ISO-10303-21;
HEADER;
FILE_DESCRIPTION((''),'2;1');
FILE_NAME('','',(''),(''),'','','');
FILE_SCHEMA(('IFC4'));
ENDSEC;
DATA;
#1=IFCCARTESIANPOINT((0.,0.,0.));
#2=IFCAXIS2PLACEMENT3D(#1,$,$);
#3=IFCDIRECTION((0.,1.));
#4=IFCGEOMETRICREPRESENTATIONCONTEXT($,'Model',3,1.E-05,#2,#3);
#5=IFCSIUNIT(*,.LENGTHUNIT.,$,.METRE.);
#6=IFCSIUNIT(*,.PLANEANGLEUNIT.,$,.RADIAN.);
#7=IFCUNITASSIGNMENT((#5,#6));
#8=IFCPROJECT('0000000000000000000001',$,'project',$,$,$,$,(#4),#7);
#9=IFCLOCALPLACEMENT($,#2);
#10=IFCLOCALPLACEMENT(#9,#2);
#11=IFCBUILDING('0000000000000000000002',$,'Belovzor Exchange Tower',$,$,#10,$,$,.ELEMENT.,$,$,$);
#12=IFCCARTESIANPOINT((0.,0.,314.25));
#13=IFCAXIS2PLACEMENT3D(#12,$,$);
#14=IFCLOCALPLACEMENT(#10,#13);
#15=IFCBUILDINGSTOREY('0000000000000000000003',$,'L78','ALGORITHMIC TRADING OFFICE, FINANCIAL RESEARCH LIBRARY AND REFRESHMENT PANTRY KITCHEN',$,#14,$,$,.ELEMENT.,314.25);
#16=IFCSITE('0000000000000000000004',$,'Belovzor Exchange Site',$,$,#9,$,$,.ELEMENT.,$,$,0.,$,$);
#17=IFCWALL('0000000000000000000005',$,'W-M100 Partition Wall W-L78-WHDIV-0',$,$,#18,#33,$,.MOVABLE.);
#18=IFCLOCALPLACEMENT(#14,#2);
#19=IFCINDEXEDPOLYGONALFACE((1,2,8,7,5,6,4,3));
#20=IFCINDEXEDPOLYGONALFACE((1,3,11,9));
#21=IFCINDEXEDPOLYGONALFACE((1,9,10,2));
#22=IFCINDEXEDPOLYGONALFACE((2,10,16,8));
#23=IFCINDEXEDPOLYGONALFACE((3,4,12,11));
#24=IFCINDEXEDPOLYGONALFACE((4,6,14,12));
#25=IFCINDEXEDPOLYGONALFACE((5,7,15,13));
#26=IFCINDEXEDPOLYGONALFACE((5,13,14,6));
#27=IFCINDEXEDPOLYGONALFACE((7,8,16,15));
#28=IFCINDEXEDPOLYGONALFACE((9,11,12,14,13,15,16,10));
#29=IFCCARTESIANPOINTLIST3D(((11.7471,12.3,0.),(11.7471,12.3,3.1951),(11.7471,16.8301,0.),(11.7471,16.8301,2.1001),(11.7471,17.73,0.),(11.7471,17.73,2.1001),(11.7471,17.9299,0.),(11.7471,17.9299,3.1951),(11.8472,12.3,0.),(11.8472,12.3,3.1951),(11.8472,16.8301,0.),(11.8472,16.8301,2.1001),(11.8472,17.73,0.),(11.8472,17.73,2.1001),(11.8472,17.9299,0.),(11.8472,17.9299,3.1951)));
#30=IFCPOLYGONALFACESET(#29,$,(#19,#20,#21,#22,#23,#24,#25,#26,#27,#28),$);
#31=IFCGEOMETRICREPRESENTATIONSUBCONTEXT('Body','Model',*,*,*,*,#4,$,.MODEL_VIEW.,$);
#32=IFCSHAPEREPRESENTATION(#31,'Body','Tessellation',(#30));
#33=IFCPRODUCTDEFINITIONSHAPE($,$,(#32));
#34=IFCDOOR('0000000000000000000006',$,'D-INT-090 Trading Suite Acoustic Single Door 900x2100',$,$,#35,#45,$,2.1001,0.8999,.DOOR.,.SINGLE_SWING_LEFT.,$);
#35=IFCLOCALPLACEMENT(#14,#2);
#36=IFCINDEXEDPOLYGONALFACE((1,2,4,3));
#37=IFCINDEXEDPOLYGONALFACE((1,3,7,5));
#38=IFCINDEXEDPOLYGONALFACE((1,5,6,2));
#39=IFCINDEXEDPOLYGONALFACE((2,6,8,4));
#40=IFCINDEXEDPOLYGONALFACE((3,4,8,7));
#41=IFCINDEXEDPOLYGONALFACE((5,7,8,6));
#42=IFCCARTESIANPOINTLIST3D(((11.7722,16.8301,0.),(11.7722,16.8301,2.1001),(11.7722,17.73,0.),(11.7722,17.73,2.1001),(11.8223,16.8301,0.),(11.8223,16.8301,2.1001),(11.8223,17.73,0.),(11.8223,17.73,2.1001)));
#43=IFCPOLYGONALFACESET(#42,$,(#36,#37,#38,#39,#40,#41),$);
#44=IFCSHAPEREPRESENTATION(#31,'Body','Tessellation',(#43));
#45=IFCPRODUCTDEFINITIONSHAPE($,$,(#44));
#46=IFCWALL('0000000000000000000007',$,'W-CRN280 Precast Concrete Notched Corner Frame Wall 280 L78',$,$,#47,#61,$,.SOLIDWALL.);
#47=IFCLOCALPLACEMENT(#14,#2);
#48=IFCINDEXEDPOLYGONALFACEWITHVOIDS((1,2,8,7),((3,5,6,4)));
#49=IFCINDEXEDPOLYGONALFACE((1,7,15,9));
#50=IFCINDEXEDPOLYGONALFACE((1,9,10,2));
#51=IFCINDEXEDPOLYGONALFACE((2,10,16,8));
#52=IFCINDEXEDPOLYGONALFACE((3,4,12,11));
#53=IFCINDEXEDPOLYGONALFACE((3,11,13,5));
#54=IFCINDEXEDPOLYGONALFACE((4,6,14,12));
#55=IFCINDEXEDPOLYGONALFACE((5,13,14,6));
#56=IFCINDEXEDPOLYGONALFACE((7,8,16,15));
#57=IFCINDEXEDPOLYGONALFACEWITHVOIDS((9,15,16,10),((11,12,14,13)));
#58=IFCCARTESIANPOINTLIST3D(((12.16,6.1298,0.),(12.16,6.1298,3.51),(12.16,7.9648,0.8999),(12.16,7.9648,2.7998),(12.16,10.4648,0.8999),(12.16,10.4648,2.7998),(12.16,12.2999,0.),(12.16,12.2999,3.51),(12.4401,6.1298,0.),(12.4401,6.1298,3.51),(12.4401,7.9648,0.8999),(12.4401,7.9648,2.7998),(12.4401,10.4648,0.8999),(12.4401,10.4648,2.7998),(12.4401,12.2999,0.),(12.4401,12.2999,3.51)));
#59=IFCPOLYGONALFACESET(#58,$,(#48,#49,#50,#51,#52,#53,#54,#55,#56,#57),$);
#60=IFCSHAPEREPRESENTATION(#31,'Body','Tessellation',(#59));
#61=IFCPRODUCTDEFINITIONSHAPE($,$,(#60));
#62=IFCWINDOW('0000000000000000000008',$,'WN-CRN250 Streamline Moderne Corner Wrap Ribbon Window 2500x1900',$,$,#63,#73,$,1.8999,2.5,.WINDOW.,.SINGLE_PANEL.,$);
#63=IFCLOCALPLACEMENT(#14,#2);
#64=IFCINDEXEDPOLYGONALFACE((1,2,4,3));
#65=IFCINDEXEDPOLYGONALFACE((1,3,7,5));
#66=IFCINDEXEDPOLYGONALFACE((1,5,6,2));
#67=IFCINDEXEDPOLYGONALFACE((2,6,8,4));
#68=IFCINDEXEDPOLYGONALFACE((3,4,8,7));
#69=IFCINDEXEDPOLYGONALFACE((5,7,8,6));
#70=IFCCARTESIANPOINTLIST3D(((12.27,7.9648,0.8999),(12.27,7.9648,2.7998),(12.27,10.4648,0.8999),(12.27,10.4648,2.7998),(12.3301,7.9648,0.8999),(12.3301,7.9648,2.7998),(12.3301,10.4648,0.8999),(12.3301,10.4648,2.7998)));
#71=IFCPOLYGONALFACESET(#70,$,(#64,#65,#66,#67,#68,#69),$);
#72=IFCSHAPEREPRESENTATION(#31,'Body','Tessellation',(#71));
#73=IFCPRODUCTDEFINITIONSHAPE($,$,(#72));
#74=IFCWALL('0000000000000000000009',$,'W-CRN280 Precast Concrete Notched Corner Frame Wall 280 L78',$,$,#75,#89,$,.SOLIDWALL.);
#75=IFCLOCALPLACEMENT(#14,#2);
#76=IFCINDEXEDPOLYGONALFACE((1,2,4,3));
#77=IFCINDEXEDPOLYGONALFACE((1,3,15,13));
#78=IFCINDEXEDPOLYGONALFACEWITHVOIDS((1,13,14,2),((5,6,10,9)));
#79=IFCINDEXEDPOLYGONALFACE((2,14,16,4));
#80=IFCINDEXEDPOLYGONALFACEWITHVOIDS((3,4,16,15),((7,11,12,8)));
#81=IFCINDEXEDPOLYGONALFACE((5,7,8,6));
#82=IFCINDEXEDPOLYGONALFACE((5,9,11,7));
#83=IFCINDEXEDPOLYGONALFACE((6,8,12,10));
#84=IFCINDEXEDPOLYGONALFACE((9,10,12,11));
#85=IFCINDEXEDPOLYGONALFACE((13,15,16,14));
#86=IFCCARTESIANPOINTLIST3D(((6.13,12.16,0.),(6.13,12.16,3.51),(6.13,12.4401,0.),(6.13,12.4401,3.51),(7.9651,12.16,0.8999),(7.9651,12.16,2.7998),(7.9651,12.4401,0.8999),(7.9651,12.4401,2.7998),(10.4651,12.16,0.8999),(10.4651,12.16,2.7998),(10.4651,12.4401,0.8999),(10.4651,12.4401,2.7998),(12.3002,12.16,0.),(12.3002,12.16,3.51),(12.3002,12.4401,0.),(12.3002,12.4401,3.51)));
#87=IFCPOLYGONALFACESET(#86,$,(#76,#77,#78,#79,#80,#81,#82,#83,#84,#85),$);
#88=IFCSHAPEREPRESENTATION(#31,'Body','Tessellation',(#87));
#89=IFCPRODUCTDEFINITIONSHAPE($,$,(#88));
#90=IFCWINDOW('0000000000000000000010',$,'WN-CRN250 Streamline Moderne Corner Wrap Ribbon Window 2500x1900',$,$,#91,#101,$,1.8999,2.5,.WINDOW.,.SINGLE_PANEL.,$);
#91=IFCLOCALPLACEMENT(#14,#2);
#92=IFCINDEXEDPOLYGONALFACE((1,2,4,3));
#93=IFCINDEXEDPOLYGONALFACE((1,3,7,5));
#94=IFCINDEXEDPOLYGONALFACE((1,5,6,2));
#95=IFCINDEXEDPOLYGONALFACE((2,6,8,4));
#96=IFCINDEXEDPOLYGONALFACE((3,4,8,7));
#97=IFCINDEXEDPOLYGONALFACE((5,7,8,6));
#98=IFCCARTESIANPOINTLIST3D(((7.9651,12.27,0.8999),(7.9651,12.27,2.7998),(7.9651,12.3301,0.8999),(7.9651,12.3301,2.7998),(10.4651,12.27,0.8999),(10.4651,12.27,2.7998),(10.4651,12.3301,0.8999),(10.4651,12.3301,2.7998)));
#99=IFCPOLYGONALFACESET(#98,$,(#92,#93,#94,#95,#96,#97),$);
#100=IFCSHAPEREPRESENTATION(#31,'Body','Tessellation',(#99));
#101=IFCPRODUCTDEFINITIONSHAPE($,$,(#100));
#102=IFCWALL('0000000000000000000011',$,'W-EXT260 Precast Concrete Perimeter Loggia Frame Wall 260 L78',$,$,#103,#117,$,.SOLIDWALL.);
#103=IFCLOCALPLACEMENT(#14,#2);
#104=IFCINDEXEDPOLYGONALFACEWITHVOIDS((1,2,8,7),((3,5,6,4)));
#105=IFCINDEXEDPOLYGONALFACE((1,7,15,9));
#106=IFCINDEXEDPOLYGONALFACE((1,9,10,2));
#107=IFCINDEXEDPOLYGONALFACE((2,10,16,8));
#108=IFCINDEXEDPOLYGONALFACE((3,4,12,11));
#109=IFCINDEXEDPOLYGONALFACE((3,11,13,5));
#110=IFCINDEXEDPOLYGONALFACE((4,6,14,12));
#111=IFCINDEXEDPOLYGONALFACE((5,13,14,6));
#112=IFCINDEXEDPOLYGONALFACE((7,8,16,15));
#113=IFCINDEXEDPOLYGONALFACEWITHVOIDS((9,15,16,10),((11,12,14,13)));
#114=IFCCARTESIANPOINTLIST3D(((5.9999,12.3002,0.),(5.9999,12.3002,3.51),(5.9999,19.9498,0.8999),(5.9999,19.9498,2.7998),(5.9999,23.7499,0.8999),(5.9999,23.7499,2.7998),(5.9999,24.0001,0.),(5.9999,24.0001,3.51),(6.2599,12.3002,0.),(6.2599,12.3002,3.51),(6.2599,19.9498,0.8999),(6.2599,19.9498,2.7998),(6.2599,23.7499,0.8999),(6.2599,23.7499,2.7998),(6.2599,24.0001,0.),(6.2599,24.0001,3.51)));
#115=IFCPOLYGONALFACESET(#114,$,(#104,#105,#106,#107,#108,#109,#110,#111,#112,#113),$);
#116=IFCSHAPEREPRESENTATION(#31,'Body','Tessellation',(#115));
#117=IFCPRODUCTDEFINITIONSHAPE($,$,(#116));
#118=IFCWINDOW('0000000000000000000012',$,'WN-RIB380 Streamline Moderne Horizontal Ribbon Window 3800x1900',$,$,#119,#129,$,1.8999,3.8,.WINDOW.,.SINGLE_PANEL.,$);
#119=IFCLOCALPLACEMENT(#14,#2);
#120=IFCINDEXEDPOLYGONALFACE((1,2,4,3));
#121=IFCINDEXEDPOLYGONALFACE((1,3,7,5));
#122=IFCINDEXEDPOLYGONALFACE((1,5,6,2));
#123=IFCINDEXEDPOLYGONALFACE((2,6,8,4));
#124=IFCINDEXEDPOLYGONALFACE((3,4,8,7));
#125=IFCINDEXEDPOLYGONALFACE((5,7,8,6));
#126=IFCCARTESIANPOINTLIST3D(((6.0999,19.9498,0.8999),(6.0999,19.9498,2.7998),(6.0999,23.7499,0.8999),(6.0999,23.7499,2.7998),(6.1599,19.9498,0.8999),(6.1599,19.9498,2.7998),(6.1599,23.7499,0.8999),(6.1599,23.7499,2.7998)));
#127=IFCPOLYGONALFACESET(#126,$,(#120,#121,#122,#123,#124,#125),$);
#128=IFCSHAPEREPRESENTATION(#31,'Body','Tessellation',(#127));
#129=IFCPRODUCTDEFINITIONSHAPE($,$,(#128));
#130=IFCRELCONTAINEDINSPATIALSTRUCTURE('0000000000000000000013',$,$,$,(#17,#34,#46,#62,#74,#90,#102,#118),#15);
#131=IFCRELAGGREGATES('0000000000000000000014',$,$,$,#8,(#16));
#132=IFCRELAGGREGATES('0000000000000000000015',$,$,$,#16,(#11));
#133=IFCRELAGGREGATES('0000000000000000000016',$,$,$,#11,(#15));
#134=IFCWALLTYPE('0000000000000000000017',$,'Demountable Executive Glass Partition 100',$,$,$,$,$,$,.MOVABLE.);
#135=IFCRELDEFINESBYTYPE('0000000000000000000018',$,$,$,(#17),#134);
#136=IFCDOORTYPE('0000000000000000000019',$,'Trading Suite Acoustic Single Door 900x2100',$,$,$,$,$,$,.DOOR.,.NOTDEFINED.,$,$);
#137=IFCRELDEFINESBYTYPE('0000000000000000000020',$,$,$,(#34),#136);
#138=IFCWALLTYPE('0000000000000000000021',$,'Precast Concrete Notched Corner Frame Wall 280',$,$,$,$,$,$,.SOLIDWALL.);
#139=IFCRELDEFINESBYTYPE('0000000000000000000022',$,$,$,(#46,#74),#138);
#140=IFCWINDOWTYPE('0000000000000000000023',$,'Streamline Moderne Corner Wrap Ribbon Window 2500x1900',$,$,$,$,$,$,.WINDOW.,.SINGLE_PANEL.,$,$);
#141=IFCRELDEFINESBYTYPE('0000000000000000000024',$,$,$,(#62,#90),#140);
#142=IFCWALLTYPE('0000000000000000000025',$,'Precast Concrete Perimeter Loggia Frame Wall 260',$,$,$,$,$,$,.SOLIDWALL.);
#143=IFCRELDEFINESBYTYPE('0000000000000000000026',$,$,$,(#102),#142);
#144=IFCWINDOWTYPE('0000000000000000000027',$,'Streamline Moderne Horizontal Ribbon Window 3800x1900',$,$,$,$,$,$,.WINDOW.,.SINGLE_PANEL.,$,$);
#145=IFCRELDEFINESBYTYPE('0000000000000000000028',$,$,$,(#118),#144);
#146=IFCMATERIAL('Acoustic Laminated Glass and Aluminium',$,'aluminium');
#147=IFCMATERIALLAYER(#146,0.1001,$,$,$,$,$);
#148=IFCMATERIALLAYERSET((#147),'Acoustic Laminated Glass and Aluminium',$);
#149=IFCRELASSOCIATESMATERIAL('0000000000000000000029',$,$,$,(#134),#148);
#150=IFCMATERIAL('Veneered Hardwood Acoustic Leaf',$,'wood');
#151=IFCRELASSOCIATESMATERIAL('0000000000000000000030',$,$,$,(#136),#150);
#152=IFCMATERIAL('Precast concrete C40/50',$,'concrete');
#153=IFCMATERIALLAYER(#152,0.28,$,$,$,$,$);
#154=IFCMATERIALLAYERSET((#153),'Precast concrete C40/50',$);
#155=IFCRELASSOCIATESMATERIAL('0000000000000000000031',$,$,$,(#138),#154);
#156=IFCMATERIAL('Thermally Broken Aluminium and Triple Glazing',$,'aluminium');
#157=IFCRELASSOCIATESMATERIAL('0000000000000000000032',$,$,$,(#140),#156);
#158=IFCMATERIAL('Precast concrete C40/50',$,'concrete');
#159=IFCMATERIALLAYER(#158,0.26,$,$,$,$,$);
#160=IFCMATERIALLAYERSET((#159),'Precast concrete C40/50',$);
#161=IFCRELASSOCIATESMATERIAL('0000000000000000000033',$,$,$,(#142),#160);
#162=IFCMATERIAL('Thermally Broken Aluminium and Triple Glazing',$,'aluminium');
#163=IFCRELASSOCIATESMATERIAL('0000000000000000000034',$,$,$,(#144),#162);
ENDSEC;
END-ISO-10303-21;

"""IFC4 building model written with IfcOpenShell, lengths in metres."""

from ifc_helpers import new_model, si_unit, direction, frame, frame_2d, origin, place, context, subcontext, project, spatial, rectangle, extrude, material, layer, layer_set, type_object, element, fill, save


model = new_model("IFC4")

# Units and contexts
model_context = context("Model", 3, precision=1e-05, world=origin(), true_north=direction((0.0, 1.0)))
body_context = subcontext(model_context, "Body", "Model", "MODEL_VIEW")
ifc_project = project(units=[si_unit("LENGTHUNIT", "METRE"), si_unit("PLANEANGLEUNIT", "RADIAN")], contexts=[model_context])

# Site, building, storey
site_placement = place(None, origin())
site = spatial("IfcSite", under=ifc_project, at=site_placement, Name="Belovzor Exchange Site", CompositionType="ELEMENT", RefElevation=0.0)
building_placement = place(site_placement, origin())
building = spatial("IfcBuilding", under=site, at=building_placement, Name="Belovzor Exchange Tower", CompositionType="ELEMENT")
storey_placement = place(building_placement, frame((0.0, 0.0, 314.25)))
storey = spatial("IfcBuildingStorey", under=building, at=storey_placement, Name="L78", Description="ALGORITHMIC TRADING OFFICE, FINANCIAL RESEARCH LIBRARY AND REFRESHMENT PANTRY KITCHEN", CompositionType="ELEMENT", Elevation=314.25)

# Wall, opening, door
ifc_material_1 = material(Name="Acoustic Laminated Glass and Aluminium", Category="aluminium")
ifc_layer_1 = layer(ifc_material_1, 0.1001)
ifc_layer_set_1 = layer_set([ifc_layer_1], Name="Acoustic Laminated Glass and Aluminium")
wall_type_1 = type_object("IfcWallType", Name="Demountable Executive Glass Partition 100", PredefinedType="MOVABLE", material=ifc_layer_set_1)
wall_1_placement = place(storey_placement, frame((11.7971, 12.3, 0.0), z_axis=(0.0, 0.0, 1.0), x_axis=(0.0, 1.0, 0.0)))
wall_1 = element("IfcWall", 1, at=wall_1_placement, inside=storey, type_object=wall_type_1, Name="W-M100 Partition Wall W-L78-WHDIV-0", PredefinedType="MOVABLE", context=body_context, shape_type="SweptSolid", body=[
    extrude(rectangle(XDim=5.6299, YDim=0.1001, at=frame_2d((2.8149, 0.0))), origin(), (0.0, 0.0, 1.0), 3.1951),
])
opening_1_placement = place(wall_1_placement, frame((4.53, 0.0, 0.0)))
opening_1 = element("IfcOpeningElement", 2, at=opening_1_placement, cuts=wall_1, PredefinedType="OPENING", context=body_context, shape_type="SweptSolid", body=[
    extrude(rectangle(XDim=0.8999, YDim=2.1001, at=frame_2d((0.45, 1.05))), frame((0.0, 0.0601, 0.0), z_axis=(0.0, -1.0, 0.0), x_axis=(1.0, 0.0, 0.0)), (0.0, 0.0, 1.0), 0.1201),
])
ifc_material_2 = material(Name="Veneered Hardwood Acoustic Leaf", Category="wood")
door_type = type_object("IfcDoorType", Name="Trading Suite Acoustic Single Door 900x2100", OperationType="NOTDEFINED", PredefinedType="DOOR", material=ifc_material_2)
door_placement = place(opening_1_placement, origin())
door = element("IfcDoor", 3, at=door_placement, inside=storey, type_object=door_type, Name="D-INT-090 Trading Suite Acoustic Single Door 900x2100", OperationType="SINGLE_SWING_LEFT", OverallHeight=2.1001, OverallWidth=0.8999, PredefinedType="DOOR", context=body_context, shape_type="SweptSolid", body=[
    extrude(rectangle(XDim=0.8999, YDim=2.1001, at=frame_2d((0.45, 1.05))), frame((0.0, 0.0249, 0.0), z_axis=(0.0, -1.0, 0.0), x_axis=(1.0, 0.0, 0.0)), (0.0, 0.0, 1.0), 0.05),
])
fill(opening_1, door)

# Walls, openings, windows
ifc_material_3 = material(Name="Precast concrete C40/50", Category="concrete")
ifc_layer_2 = layer(ifc_material_3, 0.28)
ifc_layer_set_2 = layer_set([ifc_layer_2], Name="Precast concrete C40/50")
wall_type_2 = type_object("IfcWallType", Name="Precast Concrete Notched Corner Frame Wall 280", PredefinedType="SOLIDWALL", material=ifc_layer_set_2)
wall_2_placement = place(storey_placement, frame((12.3, 6.1299, 0.0), z_axis=(0.0, 0.0, 1.0), x_axis=(0.0, 1.0, 0.0)))
wall_2 = element("IfcWall", 4, at=wall_2_placement, inside=storey, type_object=wall_type_2, Name="W-CRN280 Precast Concrete Notched Corner Frame Wall 280 L78", PredefinedType="SOLIDWALL", context=body_context, shape_type="SweptSolid", body=[
    extrude(rectangle(XDim=6.1702, YDim=0.28, at=frame_2d((3.085, 0.0))), origin(), (0.0, 0.0, 1.0), 3.51),
])
opening_2_placement = place(wall_2_placement, frame((1.835, 0.0, 0.8999)))
opening_2 = element("IfcOpeningElement", 5, at=opening_2_placement, cuts=wall_2, PredefinedType="OPENING", context=body_context, shape_type="SweptSolid", body=[
    extrude(rectangle(XDim=2.5, YDim=1.8999, at=frame_2d((1.25, 0.95))), frame((0.0, 0.1499, 0.0), z_axis=(0.0, -1.0, 0.0), x_axis=(1.0, 0.0, 0.0)), (0.0, 0.0, 1.0), 0.3),
])
ifc_material_4 = material(Name="Thermally Broken Aluminium and Triple Glazing", Category="aluminium")
window_type_1 = type_object("IfcWindowType", Name="Streamline Moderne Corner Wrap Ribbon Window 2500x1900", PartitioningType="SINGLE_PANEL", PredefinedType="WINDOW", material=ifc_material_4)
window_1_placement = place(opening_2_placement, origin())
window_1 = element("IfcWindow", 6, at=window_1_placement, inside=storey, type_object=window_type_1, Name="WN-CRN250 Streamline Moderne Corner Wrap Ribbon Window 2500x1900", OverallHeight=1.8999, OverallWidth=2.5, PartitioningType="SINGLE_PANEL", PredefinedType="WINDOW", context=body_context, shape_type="SweptSolid", body=[
    extrude(rectangle(XDim=2.5, YDim=1.8999, at=frame_2d((1.25, 0.95))), frame((0.0, 0.03, 0.0), z_axis=(0.0, -1.0, 0.0), x_axis=(1.0, 0.0, 0.0)), (0.0, 0.0, 1.0), 0.0601),
])
fill(opening_2, window_1)
wall_3_placement = place(storey_placement, frame((12.3, 12.3, 0.0), z_axis=(0.0, 0.0, 1.0), x_axis=(-1.0, 0.0, 0.0)))
wall_3 = element("IfcWall", 7, at=wall_3_placement, inside=storey, type_object=wall_type_2, Name="W-CRN280 Precast Concrete Notched Corner Frame Wall 280 L78", PredefinedType="SOLIDWALL", context=body_context, shape_type="SweptSolid", body=[
    extrude(rectangle(XDim=6.1702, YDim=0.28, at=frame_2d((3.085, 0.0))), origin(), (0.0, 0.0, 1.0), 3.51),
])
opening_3_placement = place(wall_3_placement, frame((1.835, 0.0, 0.8999)))
opening_3 = element("IfcOpeningElement", 8, at=opening_3_placement, cuts=wall_3, PredefinedType="OPENING", context=body_context, shape_type="SweptSolid", body=[
    extrude(rectangle(XDim=2.5, YDim=1.8999, at=frame_2d((1.25, 0.95))), frame((0.0, 0.1499, 0.0), z_axis=(0.0, -1.0, 0.0), x_axis=(1.0, 0.0, 0.0)), (0.0, 0.0, 1.0), 0.3),
])
window_2_placement = place(opening_3_placement, origin())
window_2 = element("IfcWindow", 9, at=window_2_placement, inside=storey, type_object=window_type_1, Name="WN-CRN250 Streamline Moderne Corner Wrap Ribbon Window 2500x1900", OverallHeight=1.8999, OverallWidth=2.5, PartitioningType="SINGLE_PANEL", PredefinedType="WINDOW", context=body_context, shape_type="SweptSolid", body=[
    extrude(rectangle(XDim=2.5, YDim=1.8999, at=frame_2d((1.25, 0.95))), frame((0.0, 0.03, 0.0), z_axis=(0.0, -1.0, 0.0), x_axis=(1.0, 0.0, 0.0)), (0.0, 0.0, 1.0), 0.0601),
])
fill(opening_3, window_2)
ifc_material_5 = material(Name="Precast concrete C40/50", Category="concrete")
ifc_layer_3 = layer(ifc_material_5, 0.26)
ifc_layer_set_3 = layer_set([ifc_layer_3], Name="Precast concrete C40/50")
wall_type_3 = type_object("IfcWallType", Name="Precast Concrete Perimeter Loggia Frame Wall 260", PredefinedType="SOLIDWALL", material=ifc_layer_set_3)
wall_4_placement = place(storey_placement, frame((6.1299, 12.3, 0.0), z_axis=(0.0, 0.0, 1.0), x_axis=(0.0, 1.0, 0.0)))
wall_4 = element("IfcWall", 10, at=wall_4_placement, inside=storey, type_object=wall_type_3, Name="W-EXT260 Precast Concrete Perimeter Loggia Frame Wall 260 L78", PredefinedType="SOLIDWALL", context=body_context, shape_type="SweptSolid", body=[
    extrude(rectangle(XDim=11.7, YDim=0.26, at=frame_2d((5.8501, 0.0))), origin(), (0.0, 0.0, 1.0), 3.51),
])
opening_4_placement = place(wall_4_placement, frame((7.6499, 0.0, 0.8999)))
opening_4 = element("IfcOpeningElement", 11, at=opening_4_placement, cuts=wall_4, PredefinedType="OPENING", context=body_context, shape_type="SweptSolid", body=[
    extrude(rectangle(XDim=3.8, YDim=1.8999, at=frame_2d((1.8999, 0.95))), frame((0.0, 0.1399, 0.0), z_axis=(0.0, -1.0, 0.0), x_axis=(1.0, 0.0, 0.0)), (0.0, 0.0, 1.0), 0.28),
])
ifc_material_6 = material(Name="Thermally Broken Aluminium and Triple Glazing", Category="aluminium")
window_type_2 = type_object("IfcWindowType", Name="Streamline Moderne Horizontal Ribbon Window 3800x1900", PartitioningType="SINGLE_PANEL", PredefinedType="WINDOW", material=ifc_material_6)
window_3_placement = place(opening_4_placement, origin())
window_3 = element("IfcWindow", 12, at=window_3_placement, inside=storey, type_object=window_type_2, Name="WN-RIB380 Streamline Moderne Horizontal Ribbon Window 3800x1900", OverallHeight=1.8999, OverallWidth=3.8, PartitioningType="SINGLE_PANEL", PredefinedType="WINDOW", context=body_context, shape_type="SweptSolid", body=[
    extrude(rectangle(XDim=3.8, YDim=1.8999, at=frame_2d((1.8999, 0.95))), frame((0.0, 0.03, 0.0), z_axis=(0.0, -1.0, 0.0), x_axis=(1.0, 0.0, 0.0)), (0.0, 0.0, 1.0), 0.0601),
])
fill(opening_4, window_3)

save(model, "model.ifc")
